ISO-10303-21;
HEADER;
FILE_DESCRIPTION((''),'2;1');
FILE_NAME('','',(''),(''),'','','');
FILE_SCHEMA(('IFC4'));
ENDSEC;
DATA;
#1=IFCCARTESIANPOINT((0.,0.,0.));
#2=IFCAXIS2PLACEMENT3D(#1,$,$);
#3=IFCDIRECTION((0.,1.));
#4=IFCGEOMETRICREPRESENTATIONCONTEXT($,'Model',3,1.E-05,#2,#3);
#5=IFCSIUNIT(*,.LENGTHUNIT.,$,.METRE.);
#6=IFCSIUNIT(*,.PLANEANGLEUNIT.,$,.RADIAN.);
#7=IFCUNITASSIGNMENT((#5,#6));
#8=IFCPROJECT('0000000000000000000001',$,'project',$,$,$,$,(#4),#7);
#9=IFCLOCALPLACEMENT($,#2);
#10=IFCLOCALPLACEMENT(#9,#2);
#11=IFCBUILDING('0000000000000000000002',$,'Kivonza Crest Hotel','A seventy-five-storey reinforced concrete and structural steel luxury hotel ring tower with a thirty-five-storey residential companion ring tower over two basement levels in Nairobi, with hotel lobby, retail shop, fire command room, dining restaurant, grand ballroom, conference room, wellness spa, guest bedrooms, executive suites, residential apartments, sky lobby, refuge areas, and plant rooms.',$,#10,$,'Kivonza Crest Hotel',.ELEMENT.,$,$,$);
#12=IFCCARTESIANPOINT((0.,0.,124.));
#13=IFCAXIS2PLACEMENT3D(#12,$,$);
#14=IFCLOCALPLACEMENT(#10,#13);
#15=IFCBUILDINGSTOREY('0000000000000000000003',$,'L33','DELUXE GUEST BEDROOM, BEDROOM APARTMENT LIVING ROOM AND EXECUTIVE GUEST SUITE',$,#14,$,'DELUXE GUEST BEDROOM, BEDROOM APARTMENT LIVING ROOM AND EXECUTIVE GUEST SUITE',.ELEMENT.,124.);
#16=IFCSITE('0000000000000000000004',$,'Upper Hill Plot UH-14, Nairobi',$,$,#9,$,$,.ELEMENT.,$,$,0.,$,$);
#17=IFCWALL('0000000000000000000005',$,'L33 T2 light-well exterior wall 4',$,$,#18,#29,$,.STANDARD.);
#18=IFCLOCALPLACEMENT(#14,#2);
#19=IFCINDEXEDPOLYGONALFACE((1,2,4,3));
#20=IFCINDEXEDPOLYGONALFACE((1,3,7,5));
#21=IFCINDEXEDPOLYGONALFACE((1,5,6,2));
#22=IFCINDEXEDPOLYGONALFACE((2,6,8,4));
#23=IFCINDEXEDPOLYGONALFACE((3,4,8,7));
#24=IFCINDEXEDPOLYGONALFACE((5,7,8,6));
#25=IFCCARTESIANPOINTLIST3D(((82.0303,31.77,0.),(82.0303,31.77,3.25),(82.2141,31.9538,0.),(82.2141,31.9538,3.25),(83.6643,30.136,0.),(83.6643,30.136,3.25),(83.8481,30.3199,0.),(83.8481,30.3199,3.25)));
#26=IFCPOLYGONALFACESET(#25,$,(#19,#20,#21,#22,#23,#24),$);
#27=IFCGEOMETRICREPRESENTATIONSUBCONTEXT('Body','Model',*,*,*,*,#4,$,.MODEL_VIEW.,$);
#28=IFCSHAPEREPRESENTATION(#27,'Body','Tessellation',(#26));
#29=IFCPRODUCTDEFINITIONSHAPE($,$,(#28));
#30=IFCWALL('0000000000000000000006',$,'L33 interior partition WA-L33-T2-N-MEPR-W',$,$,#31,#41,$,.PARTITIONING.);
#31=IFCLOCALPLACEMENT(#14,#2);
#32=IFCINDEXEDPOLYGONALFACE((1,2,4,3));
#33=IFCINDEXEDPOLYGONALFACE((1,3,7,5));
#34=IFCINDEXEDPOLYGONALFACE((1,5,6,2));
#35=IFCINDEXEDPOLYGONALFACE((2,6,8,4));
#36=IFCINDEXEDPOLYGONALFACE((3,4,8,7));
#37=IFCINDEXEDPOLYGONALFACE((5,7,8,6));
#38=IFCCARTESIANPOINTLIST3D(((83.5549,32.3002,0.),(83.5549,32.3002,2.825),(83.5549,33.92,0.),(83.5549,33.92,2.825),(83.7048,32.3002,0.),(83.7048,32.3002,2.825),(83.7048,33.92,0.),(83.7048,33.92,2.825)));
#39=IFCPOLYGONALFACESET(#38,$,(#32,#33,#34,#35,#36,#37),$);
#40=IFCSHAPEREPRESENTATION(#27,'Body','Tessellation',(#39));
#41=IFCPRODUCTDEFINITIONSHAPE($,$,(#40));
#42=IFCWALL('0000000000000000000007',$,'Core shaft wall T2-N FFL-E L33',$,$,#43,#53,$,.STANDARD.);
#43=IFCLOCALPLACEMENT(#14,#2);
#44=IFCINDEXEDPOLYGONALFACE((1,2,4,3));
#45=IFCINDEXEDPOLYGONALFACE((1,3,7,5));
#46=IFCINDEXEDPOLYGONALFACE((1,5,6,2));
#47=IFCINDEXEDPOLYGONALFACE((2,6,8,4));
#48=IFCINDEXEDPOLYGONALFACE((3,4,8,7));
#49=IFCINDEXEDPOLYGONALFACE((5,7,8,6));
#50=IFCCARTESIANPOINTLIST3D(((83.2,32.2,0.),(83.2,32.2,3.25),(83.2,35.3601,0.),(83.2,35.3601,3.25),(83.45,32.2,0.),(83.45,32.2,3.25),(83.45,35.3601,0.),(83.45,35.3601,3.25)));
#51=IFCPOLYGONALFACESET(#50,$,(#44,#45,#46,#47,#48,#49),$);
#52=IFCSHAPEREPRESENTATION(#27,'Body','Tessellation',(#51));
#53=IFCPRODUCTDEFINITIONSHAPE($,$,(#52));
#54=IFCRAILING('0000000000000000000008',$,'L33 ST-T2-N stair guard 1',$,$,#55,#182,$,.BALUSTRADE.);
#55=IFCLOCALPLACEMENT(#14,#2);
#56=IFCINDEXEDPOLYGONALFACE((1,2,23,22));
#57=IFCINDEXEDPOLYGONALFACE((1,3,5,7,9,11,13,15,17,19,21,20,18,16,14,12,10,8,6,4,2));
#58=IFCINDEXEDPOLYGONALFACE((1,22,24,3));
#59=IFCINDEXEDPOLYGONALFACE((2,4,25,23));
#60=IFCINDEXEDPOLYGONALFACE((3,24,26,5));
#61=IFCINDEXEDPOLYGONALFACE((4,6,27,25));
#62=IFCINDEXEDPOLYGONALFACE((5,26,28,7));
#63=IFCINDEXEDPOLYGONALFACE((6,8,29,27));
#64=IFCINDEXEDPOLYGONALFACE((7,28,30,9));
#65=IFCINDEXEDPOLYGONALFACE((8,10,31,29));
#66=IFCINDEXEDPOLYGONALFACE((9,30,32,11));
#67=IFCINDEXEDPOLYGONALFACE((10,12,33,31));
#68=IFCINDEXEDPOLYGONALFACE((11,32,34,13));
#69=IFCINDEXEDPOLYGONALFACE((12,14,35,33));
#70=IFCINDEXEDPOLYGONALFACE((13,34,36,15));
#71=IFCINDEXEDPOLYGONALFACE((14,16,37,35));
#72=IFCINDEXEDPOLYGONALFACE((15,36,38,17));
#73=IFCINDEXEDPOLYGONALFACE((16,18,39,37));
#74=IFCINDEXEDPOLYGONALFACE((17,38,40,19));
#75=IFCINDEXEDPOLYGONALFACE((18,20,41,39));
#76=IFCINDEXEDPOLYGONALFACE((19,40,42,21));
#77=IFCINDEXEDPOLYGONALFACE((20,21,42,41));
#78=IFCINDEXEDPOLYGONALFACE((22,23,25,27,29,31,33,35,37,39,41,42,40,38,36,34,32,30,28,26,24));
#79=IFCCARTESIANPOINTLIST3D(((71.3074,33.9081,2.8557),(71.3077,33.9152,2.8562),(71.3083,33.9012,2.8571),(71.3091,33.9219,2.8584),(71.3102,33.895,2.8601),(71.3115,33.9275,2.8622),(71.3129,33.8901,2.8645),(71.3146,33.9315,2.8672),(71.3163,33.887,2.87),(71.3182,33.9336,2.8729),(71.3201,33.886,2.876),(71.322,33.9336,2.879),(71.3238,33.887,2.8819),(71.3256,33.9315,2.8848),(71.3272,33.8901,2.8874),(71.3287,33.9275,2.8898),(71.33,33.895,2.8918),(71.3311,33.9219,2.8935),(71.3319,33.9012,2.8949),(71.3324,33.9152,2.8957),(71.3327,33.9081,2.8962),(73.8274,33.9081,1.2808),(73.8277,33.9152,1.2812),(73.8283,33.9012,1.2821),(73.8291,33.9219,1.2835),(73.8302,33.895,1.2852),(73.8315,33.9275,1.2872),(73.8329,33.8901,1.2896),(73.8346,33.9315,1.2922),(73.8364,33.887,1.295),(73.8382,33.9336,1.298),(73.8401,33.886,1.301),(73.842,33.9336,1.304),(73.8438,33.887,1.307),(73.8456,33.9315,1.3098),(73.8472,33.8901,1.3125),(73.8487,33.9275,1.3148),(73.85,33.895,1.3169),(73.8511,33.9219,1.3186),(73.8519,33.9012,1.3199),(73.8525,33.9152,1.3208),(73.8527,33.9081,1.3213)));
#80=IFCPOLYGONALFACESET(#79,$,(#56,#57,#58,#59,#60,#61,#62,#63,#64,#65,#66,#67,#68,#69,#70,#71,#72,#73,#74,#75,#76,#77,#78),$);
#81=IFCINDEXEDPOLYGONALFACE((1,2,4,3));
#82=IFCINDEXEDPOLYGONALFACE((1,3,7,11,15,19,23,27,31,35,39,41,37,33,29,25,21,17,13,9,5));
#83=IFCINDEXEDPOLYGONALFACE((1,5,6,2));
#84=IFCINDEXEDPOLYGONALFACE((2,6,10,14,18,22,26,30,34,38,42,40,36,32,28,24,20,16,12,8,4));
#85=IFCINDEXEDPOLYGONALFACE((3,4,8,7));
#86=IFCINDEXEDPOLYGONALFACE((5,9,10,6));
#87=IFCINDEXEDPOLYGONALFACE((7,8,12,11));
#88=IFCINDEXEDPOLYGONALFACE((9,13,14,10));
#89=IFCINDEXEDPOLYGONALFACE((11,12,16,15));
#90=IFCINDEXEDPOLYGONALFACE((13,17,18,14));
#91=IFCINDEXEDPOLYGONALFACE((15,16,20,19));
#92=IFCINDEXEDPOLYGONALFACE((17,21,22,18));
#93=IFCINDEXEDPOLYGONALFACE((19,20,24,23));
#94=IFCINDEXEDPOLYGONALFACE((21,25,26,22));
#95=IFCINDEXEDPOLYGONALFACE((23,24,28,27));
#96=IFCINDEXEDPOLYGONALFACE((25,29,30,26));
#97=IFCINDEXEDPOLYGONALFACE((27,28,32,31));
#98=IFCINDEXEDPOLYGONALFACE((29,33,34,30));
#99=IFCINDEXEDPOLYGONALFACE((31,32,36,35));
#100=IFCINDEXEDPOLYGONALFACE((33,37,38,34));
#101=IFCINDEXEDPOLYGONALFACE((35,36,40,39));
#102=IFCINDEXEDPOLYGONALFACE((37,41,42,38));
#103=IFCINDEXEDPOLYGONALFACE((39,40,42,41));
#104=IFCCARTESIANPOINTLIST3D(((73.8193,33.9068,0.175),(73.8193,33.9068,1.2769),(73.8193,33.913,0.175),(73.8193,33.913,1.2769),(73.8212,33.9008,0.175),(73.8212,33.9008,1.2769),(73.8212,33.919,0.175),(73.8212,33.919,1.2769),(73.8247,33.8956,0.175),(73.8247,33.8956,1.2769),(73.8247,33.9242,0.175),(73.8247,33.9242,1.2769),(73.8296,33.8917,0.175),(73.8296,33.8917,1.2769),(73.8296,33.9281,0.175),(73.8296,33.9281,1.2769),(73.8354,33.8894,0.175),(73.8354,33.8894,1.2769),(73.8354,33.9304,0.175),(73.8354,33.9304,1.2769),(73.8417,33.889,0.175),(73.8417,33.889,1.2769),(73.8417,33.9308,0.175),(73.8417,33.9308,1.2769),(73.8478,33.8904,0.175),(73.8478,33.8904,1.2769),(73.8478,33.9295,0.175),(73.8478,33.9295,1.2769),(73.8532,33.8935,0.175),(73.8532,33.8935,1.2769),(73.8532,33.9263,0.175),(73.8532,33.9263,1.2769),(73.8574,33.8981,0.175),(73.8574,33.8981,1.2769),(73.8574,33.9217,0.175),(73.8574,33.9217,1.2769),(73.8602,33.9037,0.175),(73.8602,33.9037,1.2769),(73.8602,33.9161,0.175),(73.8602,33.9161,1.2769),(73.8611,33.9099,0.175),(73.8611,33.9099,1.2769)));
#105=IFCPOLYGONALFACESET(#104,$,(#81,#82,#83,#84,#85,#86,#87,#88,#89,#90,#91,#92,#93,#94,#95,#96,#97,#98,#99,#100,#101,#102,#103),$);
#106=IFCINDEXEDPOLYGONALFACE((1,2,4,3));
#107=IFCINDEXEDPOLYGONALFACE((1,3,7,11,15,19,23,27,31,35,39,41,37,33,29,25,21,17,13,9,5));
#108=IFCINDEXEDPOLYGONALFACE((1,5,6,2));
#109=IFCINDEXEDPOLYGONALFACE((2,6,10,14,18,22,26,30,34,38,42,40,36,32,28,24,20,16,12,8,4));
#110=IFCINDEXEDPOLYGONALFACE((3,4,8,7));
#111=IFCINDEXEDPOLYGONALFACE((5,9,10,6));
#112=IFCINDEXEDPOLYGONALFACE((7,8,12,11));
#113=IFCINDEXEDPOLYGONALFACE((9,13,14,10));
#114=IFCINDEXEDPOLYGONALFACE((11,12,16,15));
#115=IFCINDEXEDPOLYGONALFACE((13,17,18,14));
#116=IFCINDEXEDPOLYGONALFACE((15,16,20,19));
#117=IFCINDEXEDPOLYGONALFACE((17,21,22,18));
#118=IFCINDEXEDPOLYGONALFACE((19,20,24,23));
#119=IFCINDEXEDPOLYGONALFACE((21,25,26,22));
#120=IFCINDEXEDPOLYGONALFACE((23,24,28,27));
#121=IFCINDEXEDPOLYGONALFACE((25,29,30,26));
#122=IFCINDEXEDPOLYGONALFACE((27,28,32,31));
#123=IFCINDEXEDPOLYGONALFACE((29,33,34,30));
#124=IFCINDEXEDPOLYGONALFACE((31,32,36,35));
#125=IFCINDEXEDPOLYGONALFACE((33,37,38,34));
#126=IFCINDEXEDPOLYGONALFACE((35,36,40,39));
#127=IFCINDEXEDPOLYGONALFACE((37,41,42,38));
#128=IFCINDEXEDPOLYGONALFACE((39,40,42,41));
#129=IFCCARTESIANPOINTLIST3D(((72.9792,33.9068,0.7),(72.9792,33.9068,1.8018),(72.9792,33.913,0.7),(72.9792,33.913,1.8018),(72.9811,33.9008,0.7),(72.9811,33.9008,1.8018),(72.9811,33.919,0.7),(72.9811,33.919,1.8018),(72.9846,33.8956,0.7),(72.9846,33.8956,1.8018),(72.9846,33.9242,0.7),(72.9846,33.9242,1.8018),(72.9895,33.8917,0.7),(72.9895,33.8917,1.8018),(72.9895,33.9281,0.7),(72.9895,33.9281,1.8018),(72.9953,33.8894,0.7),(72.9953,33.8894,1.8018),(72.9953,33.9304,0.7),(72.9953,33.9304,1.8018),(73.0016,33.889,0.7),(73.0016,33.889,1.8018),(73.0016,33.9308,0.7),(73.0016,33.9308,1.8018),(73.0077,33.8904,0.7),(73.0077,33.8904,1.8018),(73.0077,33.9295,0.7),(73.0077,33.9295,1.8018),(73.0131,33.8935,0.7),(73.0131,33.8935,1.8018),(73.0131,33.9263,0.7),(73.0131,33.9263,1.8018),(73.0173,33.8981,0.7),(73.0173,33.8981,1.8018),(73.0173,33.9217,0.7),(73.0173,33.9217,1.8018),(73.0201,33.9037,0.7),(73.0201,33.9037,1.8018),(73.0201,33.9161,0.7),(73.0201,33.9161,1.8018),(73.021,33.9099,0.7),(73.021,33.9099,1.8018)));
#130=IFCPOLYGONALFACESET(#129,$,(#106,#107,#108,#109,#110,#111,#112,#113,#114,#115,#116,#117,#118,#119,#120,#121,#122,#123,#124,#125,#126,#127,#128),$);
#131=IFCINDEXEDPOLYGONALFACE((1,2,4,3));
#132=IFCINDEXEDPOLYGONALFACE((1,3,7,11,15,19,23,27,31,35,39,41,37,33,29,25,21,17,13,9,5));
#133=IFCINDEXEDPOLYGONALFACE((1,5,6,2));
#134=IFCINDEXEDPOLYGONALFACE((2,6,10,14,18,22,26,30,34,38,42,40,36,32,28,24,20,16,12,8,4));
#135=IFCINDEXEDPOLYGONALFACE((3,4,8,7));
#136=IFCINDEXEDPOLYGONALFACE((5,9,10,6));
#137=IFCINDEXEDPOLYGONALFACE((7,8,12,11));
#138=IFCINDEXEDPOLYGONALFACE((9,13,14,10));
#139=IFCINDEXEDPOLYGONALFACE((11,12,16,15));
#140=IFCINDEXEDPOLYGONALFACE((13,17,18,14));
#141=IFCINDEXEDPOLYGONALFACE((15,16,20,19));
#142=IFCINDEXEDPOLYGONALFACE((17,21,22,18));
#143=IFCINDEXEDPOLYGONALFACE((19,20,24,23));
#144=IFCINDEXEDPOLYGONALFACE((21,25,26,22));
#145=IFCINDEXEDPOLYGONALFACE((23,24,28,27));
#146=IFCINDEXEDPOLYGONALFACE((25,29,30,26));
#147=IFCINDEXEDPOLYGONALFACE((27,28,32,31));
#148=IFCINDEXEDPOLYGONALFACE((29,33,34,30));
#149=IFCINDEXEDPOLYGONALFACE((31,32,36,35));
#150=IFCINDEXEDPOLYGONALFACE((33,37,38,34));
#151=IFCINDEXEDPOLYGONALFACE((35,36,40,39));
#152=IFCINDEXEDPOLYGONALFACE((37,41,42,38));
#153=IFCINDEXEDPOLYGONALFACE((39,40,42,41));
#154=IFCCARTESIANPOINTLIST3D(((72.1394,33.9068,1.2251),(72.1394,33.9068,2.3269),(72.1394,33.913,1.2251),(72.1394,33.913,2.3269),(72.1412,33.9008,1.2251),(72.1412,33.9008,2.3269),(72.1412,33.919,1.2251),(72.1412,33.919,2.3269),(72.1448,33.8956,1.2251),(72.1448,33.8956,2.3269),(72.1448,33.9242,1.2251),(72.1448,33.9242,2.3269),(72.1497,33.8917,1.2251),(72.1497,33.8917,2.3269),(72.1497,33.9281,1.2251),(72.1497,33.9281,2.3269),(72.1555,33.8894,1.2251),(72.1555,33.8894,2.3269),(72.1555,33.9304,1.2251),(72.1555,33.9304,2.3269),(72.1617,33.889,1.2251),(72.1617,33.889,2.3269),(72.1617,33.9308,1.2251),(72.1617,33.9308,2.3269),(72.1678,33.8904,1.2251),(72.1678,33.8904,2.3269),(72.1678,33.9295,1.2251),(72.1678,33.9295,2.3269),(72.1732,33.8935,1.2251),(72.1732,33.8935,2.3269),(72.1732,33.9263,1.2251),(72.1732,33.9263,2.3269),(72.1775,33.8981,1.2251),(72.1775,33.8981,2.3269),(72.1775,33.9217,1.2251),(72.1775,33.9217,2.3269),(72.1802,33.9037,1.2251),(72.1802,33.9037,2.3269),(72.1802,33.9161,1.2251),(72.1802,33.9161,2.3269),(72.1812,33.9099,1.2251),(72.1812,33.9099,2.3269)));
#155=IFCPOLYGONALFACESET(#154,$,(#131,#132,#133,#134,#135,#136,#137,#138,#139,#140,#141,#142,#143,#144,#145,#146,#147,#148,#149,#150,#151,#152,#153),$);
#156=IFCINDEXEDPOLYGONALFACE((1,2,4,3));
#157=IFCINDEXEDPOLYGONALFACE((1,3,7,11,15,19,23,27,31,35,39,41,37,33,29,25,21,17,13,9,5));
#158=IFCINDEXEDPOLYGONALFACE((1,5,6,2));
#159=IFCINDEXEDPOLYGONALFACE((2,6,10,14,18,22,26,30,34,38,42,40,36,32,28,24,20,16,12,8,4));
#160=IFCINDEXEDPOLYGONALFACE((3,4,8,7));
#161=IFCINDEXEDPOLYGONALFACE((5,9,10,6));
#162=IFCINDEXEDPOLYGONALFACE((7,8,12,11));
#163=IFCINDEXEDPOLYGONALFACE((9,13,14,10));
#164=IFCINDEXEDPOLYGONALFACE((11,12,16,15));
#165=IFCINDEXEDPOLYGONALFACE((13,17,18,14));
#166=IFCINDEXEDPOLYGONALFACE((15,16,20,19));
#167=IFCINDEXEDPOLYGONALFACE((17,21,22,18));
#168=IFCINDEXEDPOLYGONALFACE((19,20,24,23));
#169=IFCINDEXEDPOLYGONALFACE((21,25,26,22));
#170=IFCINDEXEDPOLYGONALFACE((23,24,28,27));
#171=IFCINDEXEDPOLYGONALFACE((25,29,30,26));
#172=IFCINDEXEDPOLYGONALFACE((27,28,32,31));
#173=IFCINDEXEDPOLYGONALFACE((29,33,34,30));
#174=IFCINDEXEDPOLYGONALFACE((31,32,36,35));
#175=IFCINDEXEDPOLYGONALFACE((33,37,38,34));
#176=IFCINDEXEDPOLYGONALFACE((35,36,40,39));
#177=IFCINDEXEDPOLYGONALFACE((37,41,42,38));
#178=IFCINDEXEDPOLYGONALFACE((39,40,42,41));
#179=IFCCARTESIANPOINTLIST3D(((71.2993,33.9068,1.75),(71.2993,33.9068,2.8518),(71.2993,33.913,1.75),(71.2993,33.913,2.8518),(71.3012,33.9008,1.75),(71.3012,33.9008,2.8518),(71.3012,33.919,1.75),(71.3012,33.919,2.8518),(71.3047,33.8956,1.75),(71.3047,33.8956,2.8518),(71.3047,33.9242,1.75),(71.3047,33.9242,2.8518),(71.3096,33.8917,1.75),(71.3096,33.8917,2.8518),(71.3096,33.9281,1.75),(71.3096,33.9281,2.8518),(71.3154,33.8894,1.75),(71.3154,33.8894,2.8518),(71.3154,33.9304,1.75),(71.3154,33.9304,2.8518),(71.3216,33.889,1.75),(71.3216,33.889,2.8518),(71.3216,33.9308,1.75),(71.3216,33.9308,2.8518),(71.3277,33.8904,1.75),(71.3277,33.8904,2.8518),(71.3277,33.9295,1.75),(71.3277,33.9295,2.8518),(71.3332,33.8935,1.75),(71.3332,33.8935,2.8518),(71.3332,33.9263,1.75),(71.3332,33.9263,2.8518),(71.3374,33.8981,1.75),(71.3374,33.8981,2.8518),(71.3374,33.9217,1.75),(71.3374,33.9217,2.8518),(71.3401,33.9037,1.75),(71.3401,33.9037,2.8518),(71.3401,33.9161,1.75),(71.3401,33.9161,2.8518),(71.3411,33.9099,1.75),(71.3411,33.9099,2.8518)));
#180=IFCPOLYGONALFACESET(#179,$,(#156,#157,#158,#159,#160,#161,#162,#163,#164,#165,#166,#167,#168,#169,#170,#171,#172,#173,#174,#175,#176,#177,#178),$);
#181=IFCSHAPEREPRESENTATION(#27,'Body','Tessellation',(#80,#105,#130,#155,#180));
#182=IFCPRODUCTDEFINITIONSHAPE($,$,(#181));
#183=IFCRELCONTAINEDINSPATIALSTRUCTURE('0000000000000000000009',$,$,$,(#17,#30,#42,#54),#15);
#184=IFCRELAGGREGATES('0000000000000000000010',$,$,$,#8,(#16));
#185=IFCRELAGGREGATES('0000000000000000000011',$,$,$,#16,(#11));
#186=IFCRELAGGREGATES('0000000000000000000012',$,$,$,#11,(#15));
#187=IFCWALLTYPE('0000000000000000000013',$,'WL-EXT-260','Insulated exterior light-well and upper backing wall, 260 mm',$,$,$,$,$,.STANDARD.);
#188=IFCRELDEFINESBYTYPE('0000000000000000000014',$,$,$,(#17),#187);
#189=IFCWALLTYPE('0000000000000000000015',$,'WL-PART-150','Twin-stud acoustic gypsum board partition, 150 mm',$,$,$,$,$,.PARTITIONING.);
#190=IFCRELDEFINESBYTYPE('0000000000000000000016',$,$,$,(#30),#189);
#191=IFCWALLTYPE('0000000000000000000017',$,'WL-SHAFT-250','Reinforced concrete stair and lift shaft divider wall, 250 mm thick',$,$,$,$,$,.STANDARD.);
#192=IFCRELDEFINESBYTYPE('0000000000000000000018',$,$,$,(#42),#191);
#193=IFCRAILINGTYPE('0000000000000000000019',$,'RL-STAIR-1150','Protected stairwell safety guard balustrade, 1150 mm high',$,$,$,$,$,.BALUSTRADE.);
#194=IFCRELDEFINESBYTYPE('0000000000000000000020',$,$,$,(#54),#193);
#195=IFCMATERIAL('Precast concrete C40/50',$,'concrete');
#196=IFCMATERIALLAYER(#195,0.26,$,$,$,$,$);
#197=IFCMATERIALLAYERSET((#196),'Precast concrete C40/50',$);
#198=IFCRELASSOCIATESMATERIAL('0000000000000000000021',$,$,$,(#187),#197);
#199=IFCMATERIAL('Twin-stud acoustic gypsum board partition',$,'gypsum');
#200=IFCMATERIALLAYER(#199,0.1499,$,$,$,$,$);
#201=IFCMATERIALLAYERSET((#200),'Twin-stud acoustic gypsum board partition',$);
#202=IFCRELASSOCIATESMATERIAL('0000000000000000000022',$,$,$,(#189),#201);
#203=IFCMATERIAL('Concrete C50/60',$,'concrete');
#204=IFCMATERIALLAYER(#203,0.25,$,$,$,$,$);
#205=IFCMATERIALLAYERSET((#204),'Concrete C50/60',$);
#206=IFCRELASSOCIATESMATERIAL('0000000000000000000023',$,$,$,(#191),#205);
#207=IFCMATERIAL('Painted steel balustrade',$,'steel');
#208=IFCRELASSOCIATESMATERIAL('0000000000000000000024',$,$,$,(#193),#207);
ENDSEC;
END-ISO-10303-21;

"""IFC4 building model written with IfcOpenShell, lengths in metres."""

from ifc_helpers import new_model, si_unit, direction, frame, frame_2d, origin, origin_2d, place, context, subcontext, project, spatial, rectangle, circle, extrude, material, layer, layer_set, type_object, element, save


model = new_model("IFC4")

# Units and contexts
model_context = context("Model", 3, precision=1e-05, world=origin(), true_north=direction((0.0, 1.0)))
body_context = subcontext(model_context, "Body", "Model", "MODEL_VIEW")
ifc_project = project(units=[si_unit("LENGTHUNIT", "METRE"), si_unit("PLANEANGLEUNIT", "RADIAN")], contexts=[model_context])

# Site, building, storey
site_placement = place(None, origin())
site = spatial("IfcSite", under=ifc_project, at=site_placement, Name="Upper Hill Plot UH-14, Nairobi", CompositionType="ELEMENT", RefElevation=0.0)
building_placement = place(site_placement, origin())
building = spatial("IfcBuilding", under=site, at=building_placement, Name="Kivonza Crest Hotel", Description="A seventy-five-storey reinforced concrete and structural steel luxury hotel ring tower with a thirty-five-storey residential companion ring tower over two basement levels in Nairobi, with hotel lobby, retail shop, fire command room, dining restaurant, grand ballroom, conference room, wellness spa, guest bedrooms, executive suites, residential apartments, sky lobby, refuge areas, and plant rooms.", LongName="Kivonza Crest Hotel", CompositionType="ELEMENT")
storey_placement = place(building_placement, frame((0.0, 0.0, 124.0)))
storey = spatial("IfcBuildingStorey", under=building, at=storey_placement, Name="L33", Description="DELUXE GUEST BEDROOM, BEDROOM APARTMENT LIVING ROOM AND EXECUTIVE GUEST SUITE", LongName="DELUXE GUEST BEDROOM, BEDROOM APARTMENT LIVING ROOM AND EXECUTIVE GUEST SUITE", CompositionType="ELEMENT", Elevation=124.0)

# Shared definitions
ifc_material_1 = material(Name="Concrete C50/60", Category="concrete")

# Walls
ifc_material_2 = material(Name="Precast concrete C40/50", Category="concrete")
ifc_layer_1 = layer(ifc_material_2, 0.26)
ifc_layer_set_1 = layer_set([ifc_layer_1], Name="Precast concrete C40/50")
wall_type_1 = type_object("IfcWallType", Name="WL-EXT-260", Description="Insulated exterior light-well and upper backing wall, 260 mm", PredefinedType="STANDARD", material=ifc_layer_set_1)
wall_1_placement = place(storey_placement, frame((83.7561, 30.228, 0.0), z_axis=(0.0, 0.0, 1.0), x_axis=(-0.707107, 0.707107, 0.0)))
element("IfcWall", 1, at=wall_1_placement, inside=storey, type_object=wall_type_1, Name="L33 T2 light-well exterior wall 4", PredefinedType="STANDARD", context=body_context, shape_type="SweptSolid", body=[
    extrude(rectangle(XDim=2.3108, YDim=0.26, at=frame_2d((1.1553, 0.0))), origin(), (0.0, 0.0, 1.0), 3.25),
])
ifc_material_3 = material(Name="Twin-stud acoustic gypsum board partition", Category="gypsum")
ifc_layer_2 = layer(ifc_material_3, 0.1499)
ifc_layer_set_2 = layer_set([ifc_layer_2], Name="Twin-stud acoustic gypsum board partition")
wall_type_2 = type_object("IfcWallType", Name="WL-PART-150", Description="Twin-stud acoustic gypsum board partition, 150 mm", PredefinedType="PARTITIONING", material=ifc_layer_set_2)
wall_2_placement = place(storey_placement, frame((83.6299, 32.3, 0.0), z_axis=(0.0, 0.0, 1.0), x_axis=(0.0, 1.0, 0.0)))
element("IfcWall", 2, at=wall_2_placement, inside=storey, type_object=wall_type_2, Name="L33 interior partition WA-L33-T2-N-MEPR-W", PredefinedType="PARTITIONING", context=body_context, shape_type="SweptSolid", body=[
    extrude(rectangle(XDim=1.6199, YDim=0.1499, at=frame_2d((0.8101, 0.0))), origin(), (0.0, 0.0, 1.0), 2.825),
])

# Shared definitions
ifc_layer_3 = layer(ifc_material_1, 0.25)
ifc_layer_set_3 = layer_set([ifc_layer_3], Name="Concrete C50/60")
wall_type_3 = type_object("IfcWallType", Name="WL-SHAFT-250", Description="Reinforced concrete stair and lift shaft divider wall, 250 mm thick", PredefinedType="STANDARD", material=ifc_layer_set_3)

# Wall
wall_3_placement = place(storey_placement, frame((83.325, 32.2, 0.0), z_axis=(0.0, 0.0, 1.0), x_axis=(0.0, 1.0, 0.0)))
element("IfcWall", 3, at=wall_3_placement, inside=storey, type_object=wall_type_3, Name="Core shaft wall T2-N FFL-E L33", PredefinedType="STANDARD", context=body_context, shape_type="SweptSolid", body=[
    extrude(rectangle(XDim=3.1602, YDim=0.25, at=frame_2d((1.5801, 0.0))), origin(), (0.0, 0.0, 1.0), 3.25),
])

# Railing
ifc_material_4 = material(Name="Painted steel balustrade", Category="steel")
railing_type = type_object("IfcRailingType", Name="RL-STAIR-1150", Description="Protected stairwell safety guard balustrade, 1150 mm high", PredefinedType="BALUSTRADE", material=ifc_material_4)
railing_1_placement = place(storey_placement, frame((73.8401, 33.9099, 0.175)))
element("IfcRailing", 4, at=railing_1_placement, inside=storey, type_object=railing_type, Name="L33 ST-T2-N stair guard 1", PredefinedType="BALUSTRADE", context=body_context, shape_type="SweptSolid", body=[
    extrude(circle(Radius=0.0239, at=origin_2d()), frame((0.0, 0.0, 1.126), z_axis=(-0.848008, 0.0, 0.529984), x_axis=(0.0, -1.0, 0.0)), (0.0, 0.0, 1.0), 2.9717),
    extrude(circle(Radius=0.021, at=origin_2d()), origin(), (0.0, 0.0, 1.0), 1.1018),
    extrude(circle(Radius=0.021, at=origin_2d()), frame((-0.8401, 0.0, 0.5249)), (0.0, 0.0, 1.0), 1.1018),
    extrude(circle(Radius=0.021, at=origin_2d()), frame((-1.6799, 0.0, 1.05)), (0.0, 0.0, 1.0), 1.1018),
    extrude(circle(Radius=0.021, at=origin_2d()), frame((-2.52, 0.0, 1.575)), (0.0, 0.0, 1.0), 1.1018),
])

save(model, "model.ifc")
